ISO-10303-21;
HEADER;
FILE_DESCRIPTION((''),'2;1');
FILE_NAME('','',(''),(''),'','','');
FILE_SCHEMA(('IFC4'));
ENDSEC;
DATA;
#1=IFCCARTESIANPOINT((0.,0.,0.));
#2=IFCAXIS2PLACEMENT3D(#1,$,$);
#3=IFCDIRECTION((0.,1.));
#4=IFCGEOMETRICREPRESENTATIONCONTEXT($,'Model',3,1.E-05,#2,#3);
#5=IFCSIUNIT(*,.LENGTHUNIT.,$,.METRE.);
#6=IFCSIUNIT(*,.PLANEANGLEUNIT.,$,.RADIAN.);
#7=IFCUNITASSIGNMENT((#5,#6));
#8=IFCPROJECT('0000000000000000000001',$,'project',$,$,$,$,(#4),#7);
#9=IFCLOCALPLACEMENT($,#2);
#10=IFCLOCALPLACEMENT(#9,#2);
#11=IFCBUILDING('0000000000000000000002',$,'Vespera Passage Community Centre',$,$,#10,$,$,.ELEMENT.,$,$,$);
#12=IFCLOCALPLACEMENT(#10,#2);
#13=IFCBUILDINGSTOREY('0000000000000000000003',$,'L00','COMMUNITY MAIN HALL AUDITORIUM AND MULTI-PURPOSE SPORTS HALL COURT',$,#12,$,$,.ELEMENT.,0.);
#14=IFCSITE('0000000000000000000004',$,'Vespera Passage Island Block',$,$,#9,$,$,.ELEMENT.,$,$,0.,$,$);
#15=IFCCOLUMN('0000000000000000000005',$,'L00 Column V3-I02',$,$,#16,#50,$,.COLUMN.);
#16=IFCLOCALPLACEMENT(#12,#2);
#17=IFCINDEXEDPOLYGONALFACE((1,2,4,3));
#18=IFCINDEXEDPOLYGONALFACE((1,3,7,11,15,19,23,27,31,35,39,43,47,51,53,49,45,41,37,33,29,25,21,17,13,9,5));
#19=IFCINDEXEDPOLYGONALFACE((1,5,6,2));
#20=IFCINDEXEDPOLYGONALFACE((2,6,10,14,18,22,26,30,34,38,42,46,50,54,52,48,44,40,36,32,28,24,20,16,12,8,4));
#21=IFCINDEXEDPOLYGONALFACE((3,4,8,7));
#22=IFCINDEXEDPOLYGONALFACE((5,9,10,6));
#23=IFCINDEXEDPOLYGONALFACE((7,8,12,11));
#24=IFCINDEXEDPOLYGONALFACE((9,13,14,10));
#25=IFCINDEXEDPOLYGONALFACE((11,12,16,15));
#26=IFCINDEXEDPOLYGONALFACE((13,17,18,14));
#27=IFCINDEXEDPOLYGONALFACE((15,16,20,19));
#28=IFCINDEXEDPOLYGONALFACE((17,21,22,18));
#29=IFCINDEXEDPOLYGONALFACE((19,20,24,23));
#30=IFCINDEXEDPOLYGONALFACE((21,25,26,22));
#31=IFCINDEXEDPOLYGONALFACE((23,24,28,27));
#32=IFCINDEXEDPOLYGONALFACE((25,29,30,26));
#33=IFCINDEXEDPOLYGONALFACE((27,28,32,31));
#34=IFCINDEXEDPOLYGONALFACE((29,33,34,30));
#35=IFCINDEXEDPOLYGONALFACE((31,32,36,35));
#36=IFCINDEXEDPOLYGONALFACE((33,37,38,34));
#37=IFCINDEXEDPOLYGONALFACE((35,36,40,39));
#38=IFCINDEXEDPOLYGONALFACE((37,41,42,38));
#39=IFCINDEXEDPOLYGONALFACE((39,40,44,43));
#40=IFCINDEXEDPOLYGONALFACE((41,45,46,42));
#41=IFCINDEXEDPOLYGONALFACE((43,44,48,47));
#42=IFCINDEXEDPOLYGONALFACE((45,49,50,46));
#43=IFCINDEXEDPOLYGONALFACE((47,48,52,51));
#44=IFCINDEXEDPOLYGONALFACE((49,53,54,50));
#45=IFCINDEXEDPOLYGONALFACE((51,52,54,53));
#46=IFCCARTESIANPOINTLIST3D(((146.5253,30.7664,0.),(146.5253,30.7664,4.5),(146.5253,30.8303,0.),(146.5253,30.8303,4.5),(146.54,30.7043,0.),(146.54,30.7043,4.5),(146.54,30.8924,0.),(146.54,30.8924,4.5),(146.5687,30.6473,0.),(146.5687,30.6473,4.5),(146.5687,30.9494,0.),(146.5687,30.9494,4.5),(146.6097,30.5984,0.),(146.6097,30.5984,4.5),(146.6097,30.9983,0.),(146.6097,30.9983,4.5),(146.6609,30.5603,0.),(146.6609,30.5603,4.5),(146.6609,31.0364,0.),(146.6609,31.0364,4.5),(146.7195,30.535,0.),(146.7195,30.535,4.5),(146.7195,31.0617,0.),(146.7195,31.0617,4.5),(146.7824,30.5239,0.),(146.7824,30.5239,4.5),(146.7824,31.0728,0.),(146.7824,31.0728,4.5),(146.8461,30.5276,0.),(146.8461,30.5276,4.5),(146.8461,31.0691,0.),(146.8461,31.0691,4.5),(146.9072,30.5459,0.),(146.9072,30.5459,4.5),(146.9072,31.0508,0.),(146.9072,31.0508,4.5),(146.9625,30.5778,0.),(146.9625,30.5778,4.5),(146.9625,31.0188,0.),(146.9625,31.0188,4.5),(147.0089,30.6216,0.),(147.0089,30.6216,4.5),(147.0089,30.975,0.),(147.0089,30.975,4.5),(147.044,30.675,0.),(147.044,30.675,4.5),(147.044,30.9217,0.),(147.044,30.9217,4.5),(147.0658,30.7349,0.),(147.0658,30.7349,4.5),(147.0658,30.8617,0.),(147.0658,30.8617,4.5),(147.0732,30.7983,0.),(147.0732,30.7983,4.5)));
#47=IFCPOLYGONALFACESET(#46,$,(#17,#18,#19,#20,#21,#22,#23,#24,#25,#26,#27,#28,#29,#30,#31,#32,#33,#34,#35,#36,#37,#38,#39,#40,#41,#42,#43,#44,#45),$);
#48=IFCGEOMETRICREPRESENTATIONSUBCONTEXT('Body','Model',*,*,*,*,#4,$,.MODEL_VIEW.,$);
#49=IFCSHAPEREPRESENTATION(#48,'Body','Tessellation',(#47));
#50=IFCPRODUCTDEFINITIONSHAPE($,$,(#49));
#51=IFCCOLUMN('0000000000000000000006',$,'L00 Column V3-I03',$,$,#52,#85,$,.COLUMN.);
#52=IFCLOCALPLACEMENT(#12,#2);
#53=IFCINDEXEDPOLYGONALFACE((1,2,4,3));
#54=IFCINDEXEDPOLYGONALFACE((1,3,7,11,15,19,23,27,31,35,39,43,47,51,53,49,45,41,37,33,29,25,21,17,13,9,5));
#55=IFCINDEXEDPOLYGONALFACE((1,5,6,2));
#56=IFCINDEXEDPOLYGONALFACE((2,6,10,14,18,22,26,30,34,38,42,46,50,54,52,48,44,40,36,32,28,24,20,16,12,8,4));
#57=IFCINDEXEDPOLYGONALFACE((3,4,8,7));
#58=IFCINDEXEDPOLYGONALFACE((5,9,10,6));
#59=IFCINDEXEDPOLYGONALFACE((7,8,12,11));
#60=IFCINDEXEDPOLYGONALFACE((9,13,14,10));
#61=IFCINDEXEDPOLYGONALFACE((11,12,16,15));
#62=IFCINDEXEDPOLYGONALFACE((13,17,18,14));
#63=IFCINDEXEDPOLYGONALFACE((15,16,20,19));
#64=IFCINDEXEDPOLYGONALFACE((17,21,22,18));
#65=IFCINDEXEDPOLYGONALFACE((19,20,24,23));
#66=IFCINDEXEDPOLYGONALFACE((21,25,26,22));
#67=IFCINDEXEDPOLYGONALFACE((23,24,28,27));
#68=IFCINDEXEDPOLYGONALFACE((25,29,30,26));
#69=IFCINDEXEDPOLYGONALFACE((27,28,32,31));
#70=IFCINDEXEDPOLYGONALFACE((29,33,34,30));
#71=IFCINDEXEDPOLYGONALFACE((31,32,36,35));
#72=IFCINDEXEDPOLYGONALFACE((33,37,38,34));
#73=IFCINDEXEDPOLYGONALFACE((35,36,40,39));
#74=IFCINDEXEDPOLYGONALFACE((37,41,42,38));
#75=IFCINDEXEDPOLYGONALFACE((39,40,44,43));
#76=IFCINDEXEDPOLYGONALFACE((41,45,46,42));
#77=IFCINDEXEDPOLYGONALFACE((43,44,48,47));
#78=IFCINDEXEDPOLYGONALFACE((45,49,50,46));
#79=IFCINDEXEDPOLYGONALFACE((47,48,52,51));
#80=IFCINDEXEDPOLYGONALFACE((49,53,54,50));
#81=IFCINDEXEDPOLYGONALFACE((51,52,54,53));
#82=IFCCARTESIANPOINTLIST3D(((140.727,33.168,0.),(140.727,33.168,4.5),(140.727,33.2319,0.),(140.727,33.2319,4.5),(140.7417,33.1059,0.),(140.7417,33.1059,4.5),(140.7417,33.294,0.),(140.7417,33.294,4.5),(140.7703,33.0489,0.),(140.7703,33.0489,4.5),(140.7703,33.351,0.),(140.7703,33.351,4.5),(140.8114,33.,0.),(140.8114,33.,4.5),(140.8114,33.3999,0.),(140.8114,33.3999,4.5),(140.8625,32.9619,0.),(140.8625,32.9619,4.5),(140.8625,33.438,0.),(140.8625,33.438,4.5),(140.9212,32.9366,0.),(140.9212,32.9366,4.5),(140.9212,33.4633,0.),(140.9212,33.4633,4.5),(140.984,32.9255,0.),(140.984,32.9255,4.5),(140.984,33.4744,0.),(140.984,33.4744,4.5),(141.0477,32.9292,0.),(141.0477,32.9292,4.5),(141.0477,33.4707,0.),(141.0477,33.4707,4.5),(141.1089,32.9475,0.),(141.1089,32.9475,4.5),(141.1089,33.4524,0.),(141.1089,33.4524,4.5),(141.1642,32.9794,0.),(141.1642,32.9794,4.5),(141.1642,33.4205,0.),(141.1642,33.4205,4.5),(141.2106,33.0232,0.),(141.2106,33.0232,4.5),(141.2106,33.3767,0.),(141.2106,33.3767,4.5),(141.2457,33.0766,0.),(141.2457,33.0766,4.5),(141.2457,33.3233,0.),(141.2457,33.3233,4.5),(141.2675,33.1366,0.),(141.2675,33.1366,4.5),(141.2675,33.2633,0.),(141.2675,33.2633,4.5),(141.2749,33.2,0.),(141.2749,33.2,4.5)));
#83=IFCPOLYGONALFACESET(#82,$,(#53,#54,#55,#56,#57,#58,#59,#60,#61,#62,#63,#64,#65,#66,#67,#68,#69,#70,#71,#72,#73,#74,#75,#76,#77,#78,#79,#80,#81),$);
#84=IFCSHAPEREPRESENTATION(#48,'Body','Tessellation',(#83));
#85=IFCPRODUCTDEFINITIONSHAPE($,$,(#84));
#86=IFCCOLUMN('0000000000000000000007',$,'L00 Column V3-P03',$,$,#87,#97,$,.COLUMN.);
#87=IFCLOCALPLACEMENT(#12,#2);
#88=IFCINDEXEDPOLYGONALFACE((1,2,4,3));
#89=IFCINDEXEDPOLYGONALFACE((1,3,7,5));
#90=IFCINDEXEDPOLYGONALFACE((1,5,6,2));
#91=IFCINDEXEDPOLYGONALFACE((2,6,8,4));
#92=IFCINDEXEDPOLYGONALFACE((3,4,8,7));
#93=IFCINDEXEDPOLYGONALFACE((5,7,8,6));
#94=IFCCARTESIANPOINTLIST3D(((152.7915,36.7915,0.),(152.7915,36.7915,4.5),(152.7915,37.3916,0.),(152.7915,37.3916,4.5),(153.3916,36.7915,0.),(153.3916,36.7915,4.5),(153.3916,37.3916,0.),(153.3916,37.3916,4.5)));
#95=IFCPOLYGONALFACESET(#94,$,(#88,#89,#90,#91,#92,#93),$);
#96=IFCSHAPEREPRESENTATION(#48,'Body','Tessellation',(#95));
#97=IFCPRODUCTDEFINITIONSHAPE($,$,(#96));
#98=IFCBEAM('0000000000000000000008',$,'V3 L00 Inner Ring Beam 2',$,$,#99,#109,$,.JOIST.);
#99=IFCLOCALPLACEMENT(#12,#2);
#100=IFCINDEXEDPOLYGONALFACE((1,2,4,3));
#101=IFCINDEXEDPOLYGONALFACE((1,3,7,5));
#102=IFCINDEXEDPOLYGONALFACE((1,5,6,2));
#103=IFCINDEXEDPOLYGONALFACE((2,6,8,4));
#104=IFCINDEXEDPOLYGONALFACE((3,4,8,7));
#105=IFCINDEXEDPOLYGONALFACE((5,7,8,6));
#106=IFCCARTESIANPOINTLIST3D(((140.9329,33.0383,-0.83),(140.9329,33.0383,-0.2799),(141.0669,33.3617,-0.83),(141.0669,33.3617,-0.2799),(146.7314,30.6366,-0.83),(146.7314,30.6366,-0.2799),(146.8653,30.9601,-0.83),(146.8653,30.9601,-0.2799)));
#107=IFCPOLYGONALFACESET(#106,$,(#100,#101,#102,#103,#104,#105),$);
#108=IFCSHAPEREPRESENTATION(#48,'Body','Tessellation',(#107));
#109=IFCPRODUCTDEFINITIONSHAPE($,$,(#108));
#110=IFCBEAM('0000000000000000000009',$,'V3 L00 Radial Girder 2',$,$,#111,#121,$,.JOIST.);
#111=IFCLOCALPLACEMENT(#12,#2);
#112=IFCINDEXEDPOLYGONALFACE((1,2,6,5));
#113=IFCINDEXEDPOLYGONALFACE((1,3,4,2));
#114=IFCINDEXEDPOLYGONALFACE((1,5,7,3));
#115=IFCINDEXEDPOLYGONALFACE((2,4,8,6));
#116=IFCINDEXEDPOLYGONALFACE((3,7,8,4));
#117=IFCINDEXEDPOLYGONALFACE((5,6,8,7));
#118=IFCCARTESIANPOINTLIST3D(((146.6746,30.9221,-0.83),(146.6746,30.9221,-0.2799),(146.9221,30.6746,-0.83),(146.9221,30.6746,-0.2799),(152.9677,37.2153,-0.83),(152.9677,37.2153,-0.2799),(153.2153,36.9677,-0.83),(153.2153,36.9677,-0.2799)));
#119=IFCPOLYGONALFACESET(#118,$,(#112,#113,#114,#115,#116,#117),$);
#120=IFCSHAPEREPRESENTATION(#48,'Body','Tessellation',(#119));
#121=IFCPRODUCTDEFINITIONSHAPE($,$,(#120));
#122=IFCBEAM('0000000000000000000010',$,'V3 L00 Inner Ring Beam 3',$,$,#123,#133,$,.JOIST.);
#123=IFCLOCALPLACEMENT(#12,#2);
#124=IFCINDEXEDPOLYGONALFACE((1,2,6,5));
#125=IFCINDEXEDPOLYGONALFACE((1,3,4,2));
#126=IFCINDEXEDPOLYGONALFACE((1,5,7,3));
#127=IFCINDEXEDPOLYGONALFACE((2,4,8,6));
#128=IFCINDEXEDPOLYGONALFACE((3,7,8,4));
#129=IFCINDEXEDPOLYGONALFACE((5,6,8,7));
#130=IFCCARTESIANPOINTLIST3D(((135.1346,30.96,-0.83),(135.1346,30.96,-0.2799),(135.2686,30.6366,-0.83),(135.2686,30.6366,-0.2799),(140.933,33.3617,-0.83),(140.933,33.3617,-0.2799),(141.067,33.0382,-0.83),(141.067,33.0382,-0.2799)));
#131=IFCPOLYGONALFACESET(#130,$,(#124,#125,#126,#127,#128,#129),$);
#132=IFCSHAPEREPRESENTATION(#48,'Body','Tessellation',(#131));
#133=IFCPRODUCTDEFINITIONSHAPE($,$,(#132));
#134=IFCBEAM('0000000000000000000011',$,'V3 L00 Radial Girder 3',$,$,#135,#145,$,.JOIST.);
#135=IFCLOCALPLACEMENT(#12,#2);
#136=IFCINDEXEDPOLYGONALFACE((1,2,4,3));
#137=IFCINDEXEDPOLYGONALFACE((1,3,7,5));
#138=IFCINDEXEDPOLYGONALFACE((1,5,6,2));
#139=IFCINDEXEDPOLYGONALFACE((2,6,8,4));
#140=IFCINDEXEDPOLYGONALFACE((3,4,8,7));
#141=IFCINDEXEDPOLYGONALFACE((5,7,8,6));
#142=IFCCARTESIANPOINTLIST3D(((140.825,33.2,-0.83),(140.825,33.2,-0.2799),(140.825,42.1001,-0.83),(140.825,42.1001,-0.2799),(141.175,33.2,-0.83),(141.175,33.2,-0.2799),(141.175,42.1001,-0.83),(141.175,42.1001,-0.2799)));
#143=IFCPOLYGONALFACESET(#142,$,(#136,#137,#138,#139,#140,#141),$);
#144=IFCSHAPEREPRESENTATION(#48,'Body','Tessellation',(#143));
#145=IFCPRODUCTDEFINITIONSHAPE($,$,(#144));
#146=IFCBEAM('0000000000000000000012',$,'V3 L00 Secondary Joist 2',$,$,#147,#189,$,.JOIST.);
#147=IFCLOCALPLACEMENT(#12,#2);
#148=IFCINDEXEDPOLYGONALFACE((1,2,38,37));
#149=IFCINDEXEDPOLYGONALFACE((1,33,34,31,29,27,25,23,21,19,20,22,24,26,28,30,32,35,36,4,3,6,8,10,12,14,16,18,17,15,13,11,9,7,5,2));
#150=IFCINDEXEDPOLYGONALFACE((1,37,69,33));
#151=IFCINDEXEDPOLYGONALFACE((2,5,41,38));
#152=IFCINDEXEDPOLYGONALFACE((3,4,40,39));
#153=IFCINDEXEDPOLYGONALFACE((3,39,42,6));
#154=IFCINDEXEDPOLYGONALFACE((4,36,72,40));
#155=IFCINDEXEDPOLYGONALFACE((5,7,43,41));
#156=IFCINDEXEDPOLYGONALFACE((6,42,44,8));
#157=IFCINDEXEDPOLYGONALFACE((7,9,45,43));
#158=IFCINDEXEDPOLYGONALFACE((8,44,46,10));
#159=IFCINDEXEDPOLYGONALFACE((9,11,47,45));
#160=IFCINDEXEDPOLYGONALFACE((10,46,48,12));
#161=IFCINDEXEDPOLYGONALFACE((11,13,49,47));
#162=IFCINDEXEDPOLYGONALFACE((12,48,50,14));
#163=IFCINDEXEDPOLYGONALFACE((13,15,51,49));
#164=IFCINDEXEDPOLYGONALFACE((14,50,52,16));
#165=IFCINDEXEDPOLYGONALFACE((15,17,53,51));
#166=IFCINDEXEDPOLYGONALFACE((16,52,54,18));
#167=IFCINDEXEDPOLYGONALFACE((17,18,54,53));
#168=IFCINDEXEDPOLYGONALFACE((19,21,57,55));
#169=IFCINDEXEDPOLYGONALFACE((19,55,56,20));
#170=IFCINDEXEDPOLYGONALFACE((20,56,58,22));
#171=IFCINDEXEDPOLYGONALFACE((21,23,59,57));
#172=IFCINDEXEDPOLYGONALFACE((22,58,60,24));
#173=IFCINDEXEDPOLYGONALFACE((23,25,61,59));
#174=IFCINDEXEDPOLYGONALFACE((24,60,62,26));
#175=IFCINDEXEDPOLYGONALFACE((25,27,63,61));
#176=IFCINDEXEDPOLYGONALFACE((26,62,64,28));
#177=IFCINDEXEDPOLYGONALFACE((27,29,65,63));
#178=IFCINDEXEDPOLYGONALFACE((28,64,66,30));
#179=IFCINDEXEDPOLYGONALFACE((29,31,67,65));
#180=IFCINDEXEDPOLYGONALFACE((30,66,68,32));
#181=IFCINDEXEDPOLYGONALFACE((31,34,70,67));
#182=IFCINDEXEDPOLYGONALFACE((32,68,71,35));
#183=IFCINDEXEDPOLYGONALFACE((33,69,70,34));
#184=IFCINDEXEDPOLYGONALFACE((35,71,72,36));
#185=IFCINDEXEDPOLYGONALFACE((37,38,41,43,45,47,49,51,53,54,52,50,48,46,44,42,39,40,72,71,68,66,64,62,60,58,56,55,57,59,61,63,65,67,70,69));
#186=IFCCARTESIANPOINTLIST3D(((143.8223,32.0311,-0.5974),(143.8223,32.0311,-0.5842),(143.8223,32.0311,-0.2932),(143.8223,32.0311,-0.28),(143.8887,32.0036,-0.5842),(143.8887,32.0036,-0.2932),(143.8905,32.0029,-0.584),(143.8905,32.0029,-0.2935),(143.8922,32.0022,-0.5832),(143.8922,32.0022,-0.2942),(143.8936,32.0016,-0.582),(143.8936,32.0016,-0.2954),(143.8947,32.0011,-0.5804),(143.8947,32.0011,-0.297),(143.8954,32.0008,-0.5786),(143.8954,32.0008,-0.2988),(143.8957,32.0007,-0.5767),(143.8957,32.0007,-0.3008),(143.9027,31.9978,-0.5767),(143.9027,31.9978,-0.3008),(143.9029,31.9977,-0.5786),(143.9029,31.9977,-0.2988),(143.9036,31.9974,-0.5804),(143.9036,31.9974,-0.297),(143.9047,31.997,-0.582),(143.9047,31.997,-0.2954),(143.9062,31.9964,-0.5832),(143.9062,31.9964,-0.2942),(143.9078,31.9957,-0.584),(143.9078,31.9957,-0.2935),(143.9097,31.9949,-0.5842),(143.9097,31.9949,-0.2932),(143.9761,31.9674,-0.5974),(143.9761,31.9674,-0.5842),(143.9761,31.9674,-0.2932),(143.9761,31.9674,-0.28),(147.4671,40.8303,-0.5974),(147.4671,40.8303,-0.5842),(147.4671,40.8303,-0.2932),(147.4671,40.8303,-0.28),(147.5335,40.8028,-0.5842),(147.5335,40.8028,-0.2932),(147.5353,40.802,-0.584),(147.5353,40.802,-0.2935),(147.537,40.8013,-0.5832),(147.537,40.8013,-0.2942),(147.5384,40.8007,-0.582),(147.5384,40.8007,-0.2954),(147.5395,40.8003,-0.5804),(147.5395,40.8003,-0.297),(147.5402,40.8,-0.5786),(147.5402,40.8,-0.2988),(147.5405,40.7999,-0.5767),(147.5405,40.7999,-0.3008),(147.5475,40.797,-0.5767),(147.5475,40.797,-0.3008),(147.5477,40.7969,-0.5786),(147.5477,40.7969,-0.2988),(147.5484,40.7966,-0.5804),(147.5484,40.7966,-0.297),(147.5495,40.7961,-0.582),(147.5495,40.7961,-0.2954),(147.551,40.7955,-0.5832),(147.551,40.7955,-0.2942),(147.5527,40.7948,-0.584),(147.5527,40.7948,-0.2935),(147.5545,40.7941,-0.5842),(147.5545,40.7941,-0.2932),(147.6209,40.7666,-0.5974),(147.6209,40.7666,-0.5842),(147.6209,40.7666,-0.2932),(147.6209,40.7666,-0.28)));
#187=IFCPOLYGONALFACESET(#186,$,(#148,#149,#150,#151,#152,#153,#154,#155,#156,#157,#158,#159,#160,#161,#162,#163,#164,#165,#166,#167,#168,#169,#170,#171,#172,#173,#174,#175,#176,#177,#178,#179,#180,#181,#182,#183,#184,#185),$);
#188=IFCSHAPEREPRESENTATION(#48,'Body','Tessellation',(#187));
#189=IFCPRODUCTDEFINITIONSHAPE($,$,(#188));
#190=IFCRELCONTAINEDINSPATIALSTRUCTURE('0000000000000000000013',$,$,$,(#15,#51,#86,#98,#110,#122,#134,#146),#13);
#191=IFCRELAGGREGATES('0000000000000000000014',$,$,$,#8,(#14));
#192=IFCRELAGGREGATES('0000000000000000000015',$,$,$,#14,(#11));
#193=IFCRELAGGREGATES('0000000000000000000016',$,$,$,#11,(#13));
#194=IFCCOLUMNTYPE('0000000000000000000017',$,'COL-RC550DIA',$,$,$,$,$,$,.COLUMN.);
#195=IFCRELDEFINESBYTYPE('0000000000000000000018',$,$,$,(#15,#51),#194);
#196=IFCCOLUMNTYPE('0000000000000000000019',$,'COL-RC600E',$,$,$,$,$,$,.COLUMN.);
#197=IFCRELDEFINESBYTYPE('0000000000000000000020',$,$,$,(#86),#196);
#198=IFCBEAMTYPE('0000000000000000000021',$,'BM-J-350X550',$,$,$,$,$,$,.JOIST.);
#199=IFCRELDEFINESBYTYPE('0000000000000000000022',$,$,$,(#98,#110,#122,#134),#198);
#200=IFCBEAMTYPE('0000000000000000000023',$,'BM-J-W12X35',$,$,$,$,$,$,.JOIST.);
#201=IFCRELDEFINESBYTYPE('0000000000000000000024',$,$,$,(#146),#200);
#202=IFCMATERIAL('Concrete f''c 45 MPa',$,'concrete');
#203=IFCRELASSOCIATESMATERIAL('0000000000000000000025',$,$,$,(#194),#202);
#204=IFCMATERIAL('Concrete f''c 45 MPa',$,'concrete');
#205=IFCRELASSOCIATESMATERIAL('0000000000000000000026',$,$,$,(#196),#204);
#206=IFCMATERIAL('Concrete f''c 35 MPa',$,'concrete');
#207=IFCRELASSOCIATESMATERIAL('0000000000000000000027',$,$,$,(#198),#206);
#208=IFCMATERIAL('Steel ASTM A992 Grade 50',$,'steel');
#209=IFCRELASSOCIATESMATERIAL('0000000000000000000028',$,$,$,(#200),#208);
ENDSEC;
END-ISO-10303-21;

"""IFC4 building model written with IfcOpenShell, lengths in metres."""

from ifc_helpers import new_model, si_unit, direction, frame, origin, origin_2d, place, context, subcontext, project, spatial, rectangle, circle, i_section, extrude, material, material_profile, profile_set, type_object, element, save


model = new_model("IFC4")

# Units and contexts
model_context = context("Model", 3, precision=1e-05, world=origin(), true_north=direction((0.0, 1.0)))
body_context = subcontext(model_context, "Body", "Model", "MODEL_VIEW")
ifc_project = project(units=[si_unit("LENGTHUNIT", "METRE"), si_unit("PLANEANGLEUNIT", "RADIAN")], contexts=[model_context])

# Site, building, storey
site_placement = place(None, origin())
site = spatial("IfcSite", under=ifc_project, at=site_placement, Name="Vespera Passage Island Block", CompositionType="ELEMENT", RefElevation=0.0)
building_placement = place(site_placement, origin())
building = spatial("IfcBuilding", under=site, at=building_placement, Name="Vespera Passage Community Centre", CompositionType="ELEMENT")
storey_placement = place(building_placement, origin())
storey = spatial("IfcBuildingStorey", under=building, at=storey_placement, Name="L00", Description="COMMUNITY MAIN HALL AUDITORIUM AND MULTI-PURPOSE SPORTS HALL COURT", CompositionType="ELEMENT", Elevation=0.0)

# Columns
ifc_material_1 = material(Name="Concrete f'c 45 MPa", Category="concrete")
ifc_material_profile_1 = material_profile(ifc_material_1, circle(Radius=0.2749, at=origin_2d()), Name="RC550DIA")
ifc_profile_set_1 = profile_set([ifc_material_profile_1], Name="Concrete f'c 45 MPa")
column_type_1 = type_object("IfcColumnType", Name="COL-RC550DIA", PredefinedType="COLUMN", material=ifc_profile_set_1)
for number, where, z_axis, x_axis, name in (
    (1, (146.7983, 30.7983, 0.0), (0.0, 0.0, 1.0), (1.0, 0.0, 0.0), "L00 Column V3-I02"),
    (2, (141.0, 33.2, 0.0), (0.0, 0.0, 1.0), (1.0, 0.0, 0.0), "L00 Column V3-I03"),
):
    element("IfcColumn", number, at=place(storey_placement, frame(where, z_axis=z_axis, x_axis=x_axis)), inside=storey, type_object=column_type_1, Name=name, PredefinedType="COLUMN", context=body_context, shape_type="SweptSolid", body=[
        extrude(circle(Radius=0.2749, at=origin_2d()), origin(), (0.0, 0.0, 1.0), 4.5),
    ])
ifc_material_2 = material(Name="Concrete f'c 45 MPa", Category="concrete")
ifc_material_profile_2 = material_profile(ifc_material_2, rectangle(XDim=0.6001, YDim=0.6001, at=origin_2d()), Name="RC600X600")
ifc_profile_set_2 = profile_set([ifc_material_profile_2], Name="Concrete f'c 45 MPa")
column_type_2 = type_object("IfcColumnType", Name="COL-RC600E", PredefinedType="COLUMN", material=ifc_profile_set_2)
column_placement = place(storey_placement, frame((153.0916, 37.0916, 0.0), z_axis=(0.0, 0.0, 1.0), x_axis=(1.0, 0.0, 0.0)))
element("IfcColumn", 3, at=column_placement, inside=storey, type_object=column_type_2, Name="L00 Column V3-P03", PredefinedType="COLUMN", context=body_context, shape_type="SweptSolid", body=[
    extrude(rectangle(XDim=0.6001, YDim=0.6001, at=origin_2d()), origin(), (0.0, 0.0, 1.0), 4.5),
])

# Beams
ifc_material_3 = material(Name="Concrete f'c 35 MPa", Category="concrete")
ifc_material_profile_3 = material_profile(ifc_material_3, rectangle(XDim=0.3501, YDim=0.55, at=origin_2d()), Name="RC350X550")
ifc_profile_set_3 = profile_set([ifc_material_profile_3], Name="Concrete f'c 35 MPa")
beam_type_1 = type_object("IfcBeamType", Name="BM-J-350X550", PredefinedType="JOIST", material=ifc_profile_set_3)
beam_1_placement = place(storey_placement, frame((146.7983, 30.7983, -0.5549), z_axis=(-0.923887, 0.382664, 0.0), x_axis=(-0.382664, -0.923887, 0.0)))
element("IfcBeam", 4, at=beam_1_placement, inside=storey, type_object=beam_type_1, Name="V3 L00 Inner Ring Beam 2", PredefinedType="JOIST", context=body_context, shape_type="SweptSolid", body=[
    extrude(rectangle(XDim=0.3501, YDim=0.55, at=origin_2d()), origin(), (0.0, 0.0, 1.0), 6.2761),
])
beam_2_placement = place(storey_placement, frame((146.7983, 30.7983, -0.5549), z_axis=(0.707107, 0.707107, 0.0), x_axis=(-0.707107, 0.707107, 0.0)))
element("IfcBeam", 5, at=beam_2_placement, inside=storey, type_object=beam_type_1, Name="V3 L00 Radial Girder 2", PredefinedType="JOIST", context=body_context, shape_type="SweptSolid", body=[
    extrude(rectangle(XDim=0.3501, YDim=0.55, at=origin_2d()), origin(), (0.0, 0.0, 1.0), 8.8999),
])
beam_3_placement = place(storey_placement, frame((141.0, 33.2, -0.5549), z_axis=(-0.923887, -0.382664, 0.0), x_axis=(0.382664, -0.923887, 0.0)))
element("IfcBeam", 6, at=beam_3_placement, inside=storey, type_object=beam_type_1, Name="V3 L00 Inner Ring Beam 3", PredefinedType="JOIST", context=body_context, shape_type="SweptSolid", body=[
    extrude(rectangle(XDim=0.3501, YDim=0.55, at=origin_2d()), origin(), (0.0, 0.0, 1.0), 6.2761),
])
beam_4_placement = place(storey_placement, frame((141.0, 33.2, -0.5549), z_axis=(0.0, 1.0, 0.0), x_axis=(-1.0, 0.0, 0.0)))
element("IfcBeam", 7, at=beam_4_placement, inside=storey, type_object=beam_type_1, Name="V3 L00 Radial Girder 3", PredefinedType="JOIST", context=body_context, shape_type="SweptSolid", body=[
    extrude(rectangle(XDim=0.3501, YDim=0.55, at=origin_2d()), origin(), (0.0, 0.0, 1.0), 8.9001),
])
ifc_material_4 = material(Name="Steel ASTM A992 Grade 50", Category="steel")
ifc_material_profile_4 = material_profile(ifc_material_4, i_section(OverallWidth=0.1665, OverallDepth=0.3174, WebThickness=0.0076, FlangeThickness=0.0132, FilletRadius=0.0076, at=origin_2d()), Name="W12X35")
ifc_profile_set_4 = profile_set([ifc_material_profile_4], Name="Steel ASTM A992 Grade 50")
beam_type_2 = type_object("IfcBeamType", Name="BM-J-W12X35", PredefinedType="JOIST", material=ifc_profile_set_4)
beam_5_placement = place(storey_placement, frame((143.8992, 31.9993, -0.4387), z_axis=(0.382691, 0.923877, 0.0), x_axis=(-0.923877, 0.382691, 0.0)))
element("IfcBeam", 8, at=beam_5_placement, inside=storey, type_object=beam_type_2, Name="V3 L00 Secondary Joist 2", PredefinedType="JOIST", context=body_context, shape_type="SweptSolid", body=[
    extrude(i_section(OverallWidth=0.1665, OverallDepth=0.3174, WebThickness=0.0076, FlangeThickness=0.0132, FilletRadius=0.0076, at=origin_2d()), origin(), (0.0, 0.0, 1.0), 9.5242),
])

save(model, "model.ifc")
